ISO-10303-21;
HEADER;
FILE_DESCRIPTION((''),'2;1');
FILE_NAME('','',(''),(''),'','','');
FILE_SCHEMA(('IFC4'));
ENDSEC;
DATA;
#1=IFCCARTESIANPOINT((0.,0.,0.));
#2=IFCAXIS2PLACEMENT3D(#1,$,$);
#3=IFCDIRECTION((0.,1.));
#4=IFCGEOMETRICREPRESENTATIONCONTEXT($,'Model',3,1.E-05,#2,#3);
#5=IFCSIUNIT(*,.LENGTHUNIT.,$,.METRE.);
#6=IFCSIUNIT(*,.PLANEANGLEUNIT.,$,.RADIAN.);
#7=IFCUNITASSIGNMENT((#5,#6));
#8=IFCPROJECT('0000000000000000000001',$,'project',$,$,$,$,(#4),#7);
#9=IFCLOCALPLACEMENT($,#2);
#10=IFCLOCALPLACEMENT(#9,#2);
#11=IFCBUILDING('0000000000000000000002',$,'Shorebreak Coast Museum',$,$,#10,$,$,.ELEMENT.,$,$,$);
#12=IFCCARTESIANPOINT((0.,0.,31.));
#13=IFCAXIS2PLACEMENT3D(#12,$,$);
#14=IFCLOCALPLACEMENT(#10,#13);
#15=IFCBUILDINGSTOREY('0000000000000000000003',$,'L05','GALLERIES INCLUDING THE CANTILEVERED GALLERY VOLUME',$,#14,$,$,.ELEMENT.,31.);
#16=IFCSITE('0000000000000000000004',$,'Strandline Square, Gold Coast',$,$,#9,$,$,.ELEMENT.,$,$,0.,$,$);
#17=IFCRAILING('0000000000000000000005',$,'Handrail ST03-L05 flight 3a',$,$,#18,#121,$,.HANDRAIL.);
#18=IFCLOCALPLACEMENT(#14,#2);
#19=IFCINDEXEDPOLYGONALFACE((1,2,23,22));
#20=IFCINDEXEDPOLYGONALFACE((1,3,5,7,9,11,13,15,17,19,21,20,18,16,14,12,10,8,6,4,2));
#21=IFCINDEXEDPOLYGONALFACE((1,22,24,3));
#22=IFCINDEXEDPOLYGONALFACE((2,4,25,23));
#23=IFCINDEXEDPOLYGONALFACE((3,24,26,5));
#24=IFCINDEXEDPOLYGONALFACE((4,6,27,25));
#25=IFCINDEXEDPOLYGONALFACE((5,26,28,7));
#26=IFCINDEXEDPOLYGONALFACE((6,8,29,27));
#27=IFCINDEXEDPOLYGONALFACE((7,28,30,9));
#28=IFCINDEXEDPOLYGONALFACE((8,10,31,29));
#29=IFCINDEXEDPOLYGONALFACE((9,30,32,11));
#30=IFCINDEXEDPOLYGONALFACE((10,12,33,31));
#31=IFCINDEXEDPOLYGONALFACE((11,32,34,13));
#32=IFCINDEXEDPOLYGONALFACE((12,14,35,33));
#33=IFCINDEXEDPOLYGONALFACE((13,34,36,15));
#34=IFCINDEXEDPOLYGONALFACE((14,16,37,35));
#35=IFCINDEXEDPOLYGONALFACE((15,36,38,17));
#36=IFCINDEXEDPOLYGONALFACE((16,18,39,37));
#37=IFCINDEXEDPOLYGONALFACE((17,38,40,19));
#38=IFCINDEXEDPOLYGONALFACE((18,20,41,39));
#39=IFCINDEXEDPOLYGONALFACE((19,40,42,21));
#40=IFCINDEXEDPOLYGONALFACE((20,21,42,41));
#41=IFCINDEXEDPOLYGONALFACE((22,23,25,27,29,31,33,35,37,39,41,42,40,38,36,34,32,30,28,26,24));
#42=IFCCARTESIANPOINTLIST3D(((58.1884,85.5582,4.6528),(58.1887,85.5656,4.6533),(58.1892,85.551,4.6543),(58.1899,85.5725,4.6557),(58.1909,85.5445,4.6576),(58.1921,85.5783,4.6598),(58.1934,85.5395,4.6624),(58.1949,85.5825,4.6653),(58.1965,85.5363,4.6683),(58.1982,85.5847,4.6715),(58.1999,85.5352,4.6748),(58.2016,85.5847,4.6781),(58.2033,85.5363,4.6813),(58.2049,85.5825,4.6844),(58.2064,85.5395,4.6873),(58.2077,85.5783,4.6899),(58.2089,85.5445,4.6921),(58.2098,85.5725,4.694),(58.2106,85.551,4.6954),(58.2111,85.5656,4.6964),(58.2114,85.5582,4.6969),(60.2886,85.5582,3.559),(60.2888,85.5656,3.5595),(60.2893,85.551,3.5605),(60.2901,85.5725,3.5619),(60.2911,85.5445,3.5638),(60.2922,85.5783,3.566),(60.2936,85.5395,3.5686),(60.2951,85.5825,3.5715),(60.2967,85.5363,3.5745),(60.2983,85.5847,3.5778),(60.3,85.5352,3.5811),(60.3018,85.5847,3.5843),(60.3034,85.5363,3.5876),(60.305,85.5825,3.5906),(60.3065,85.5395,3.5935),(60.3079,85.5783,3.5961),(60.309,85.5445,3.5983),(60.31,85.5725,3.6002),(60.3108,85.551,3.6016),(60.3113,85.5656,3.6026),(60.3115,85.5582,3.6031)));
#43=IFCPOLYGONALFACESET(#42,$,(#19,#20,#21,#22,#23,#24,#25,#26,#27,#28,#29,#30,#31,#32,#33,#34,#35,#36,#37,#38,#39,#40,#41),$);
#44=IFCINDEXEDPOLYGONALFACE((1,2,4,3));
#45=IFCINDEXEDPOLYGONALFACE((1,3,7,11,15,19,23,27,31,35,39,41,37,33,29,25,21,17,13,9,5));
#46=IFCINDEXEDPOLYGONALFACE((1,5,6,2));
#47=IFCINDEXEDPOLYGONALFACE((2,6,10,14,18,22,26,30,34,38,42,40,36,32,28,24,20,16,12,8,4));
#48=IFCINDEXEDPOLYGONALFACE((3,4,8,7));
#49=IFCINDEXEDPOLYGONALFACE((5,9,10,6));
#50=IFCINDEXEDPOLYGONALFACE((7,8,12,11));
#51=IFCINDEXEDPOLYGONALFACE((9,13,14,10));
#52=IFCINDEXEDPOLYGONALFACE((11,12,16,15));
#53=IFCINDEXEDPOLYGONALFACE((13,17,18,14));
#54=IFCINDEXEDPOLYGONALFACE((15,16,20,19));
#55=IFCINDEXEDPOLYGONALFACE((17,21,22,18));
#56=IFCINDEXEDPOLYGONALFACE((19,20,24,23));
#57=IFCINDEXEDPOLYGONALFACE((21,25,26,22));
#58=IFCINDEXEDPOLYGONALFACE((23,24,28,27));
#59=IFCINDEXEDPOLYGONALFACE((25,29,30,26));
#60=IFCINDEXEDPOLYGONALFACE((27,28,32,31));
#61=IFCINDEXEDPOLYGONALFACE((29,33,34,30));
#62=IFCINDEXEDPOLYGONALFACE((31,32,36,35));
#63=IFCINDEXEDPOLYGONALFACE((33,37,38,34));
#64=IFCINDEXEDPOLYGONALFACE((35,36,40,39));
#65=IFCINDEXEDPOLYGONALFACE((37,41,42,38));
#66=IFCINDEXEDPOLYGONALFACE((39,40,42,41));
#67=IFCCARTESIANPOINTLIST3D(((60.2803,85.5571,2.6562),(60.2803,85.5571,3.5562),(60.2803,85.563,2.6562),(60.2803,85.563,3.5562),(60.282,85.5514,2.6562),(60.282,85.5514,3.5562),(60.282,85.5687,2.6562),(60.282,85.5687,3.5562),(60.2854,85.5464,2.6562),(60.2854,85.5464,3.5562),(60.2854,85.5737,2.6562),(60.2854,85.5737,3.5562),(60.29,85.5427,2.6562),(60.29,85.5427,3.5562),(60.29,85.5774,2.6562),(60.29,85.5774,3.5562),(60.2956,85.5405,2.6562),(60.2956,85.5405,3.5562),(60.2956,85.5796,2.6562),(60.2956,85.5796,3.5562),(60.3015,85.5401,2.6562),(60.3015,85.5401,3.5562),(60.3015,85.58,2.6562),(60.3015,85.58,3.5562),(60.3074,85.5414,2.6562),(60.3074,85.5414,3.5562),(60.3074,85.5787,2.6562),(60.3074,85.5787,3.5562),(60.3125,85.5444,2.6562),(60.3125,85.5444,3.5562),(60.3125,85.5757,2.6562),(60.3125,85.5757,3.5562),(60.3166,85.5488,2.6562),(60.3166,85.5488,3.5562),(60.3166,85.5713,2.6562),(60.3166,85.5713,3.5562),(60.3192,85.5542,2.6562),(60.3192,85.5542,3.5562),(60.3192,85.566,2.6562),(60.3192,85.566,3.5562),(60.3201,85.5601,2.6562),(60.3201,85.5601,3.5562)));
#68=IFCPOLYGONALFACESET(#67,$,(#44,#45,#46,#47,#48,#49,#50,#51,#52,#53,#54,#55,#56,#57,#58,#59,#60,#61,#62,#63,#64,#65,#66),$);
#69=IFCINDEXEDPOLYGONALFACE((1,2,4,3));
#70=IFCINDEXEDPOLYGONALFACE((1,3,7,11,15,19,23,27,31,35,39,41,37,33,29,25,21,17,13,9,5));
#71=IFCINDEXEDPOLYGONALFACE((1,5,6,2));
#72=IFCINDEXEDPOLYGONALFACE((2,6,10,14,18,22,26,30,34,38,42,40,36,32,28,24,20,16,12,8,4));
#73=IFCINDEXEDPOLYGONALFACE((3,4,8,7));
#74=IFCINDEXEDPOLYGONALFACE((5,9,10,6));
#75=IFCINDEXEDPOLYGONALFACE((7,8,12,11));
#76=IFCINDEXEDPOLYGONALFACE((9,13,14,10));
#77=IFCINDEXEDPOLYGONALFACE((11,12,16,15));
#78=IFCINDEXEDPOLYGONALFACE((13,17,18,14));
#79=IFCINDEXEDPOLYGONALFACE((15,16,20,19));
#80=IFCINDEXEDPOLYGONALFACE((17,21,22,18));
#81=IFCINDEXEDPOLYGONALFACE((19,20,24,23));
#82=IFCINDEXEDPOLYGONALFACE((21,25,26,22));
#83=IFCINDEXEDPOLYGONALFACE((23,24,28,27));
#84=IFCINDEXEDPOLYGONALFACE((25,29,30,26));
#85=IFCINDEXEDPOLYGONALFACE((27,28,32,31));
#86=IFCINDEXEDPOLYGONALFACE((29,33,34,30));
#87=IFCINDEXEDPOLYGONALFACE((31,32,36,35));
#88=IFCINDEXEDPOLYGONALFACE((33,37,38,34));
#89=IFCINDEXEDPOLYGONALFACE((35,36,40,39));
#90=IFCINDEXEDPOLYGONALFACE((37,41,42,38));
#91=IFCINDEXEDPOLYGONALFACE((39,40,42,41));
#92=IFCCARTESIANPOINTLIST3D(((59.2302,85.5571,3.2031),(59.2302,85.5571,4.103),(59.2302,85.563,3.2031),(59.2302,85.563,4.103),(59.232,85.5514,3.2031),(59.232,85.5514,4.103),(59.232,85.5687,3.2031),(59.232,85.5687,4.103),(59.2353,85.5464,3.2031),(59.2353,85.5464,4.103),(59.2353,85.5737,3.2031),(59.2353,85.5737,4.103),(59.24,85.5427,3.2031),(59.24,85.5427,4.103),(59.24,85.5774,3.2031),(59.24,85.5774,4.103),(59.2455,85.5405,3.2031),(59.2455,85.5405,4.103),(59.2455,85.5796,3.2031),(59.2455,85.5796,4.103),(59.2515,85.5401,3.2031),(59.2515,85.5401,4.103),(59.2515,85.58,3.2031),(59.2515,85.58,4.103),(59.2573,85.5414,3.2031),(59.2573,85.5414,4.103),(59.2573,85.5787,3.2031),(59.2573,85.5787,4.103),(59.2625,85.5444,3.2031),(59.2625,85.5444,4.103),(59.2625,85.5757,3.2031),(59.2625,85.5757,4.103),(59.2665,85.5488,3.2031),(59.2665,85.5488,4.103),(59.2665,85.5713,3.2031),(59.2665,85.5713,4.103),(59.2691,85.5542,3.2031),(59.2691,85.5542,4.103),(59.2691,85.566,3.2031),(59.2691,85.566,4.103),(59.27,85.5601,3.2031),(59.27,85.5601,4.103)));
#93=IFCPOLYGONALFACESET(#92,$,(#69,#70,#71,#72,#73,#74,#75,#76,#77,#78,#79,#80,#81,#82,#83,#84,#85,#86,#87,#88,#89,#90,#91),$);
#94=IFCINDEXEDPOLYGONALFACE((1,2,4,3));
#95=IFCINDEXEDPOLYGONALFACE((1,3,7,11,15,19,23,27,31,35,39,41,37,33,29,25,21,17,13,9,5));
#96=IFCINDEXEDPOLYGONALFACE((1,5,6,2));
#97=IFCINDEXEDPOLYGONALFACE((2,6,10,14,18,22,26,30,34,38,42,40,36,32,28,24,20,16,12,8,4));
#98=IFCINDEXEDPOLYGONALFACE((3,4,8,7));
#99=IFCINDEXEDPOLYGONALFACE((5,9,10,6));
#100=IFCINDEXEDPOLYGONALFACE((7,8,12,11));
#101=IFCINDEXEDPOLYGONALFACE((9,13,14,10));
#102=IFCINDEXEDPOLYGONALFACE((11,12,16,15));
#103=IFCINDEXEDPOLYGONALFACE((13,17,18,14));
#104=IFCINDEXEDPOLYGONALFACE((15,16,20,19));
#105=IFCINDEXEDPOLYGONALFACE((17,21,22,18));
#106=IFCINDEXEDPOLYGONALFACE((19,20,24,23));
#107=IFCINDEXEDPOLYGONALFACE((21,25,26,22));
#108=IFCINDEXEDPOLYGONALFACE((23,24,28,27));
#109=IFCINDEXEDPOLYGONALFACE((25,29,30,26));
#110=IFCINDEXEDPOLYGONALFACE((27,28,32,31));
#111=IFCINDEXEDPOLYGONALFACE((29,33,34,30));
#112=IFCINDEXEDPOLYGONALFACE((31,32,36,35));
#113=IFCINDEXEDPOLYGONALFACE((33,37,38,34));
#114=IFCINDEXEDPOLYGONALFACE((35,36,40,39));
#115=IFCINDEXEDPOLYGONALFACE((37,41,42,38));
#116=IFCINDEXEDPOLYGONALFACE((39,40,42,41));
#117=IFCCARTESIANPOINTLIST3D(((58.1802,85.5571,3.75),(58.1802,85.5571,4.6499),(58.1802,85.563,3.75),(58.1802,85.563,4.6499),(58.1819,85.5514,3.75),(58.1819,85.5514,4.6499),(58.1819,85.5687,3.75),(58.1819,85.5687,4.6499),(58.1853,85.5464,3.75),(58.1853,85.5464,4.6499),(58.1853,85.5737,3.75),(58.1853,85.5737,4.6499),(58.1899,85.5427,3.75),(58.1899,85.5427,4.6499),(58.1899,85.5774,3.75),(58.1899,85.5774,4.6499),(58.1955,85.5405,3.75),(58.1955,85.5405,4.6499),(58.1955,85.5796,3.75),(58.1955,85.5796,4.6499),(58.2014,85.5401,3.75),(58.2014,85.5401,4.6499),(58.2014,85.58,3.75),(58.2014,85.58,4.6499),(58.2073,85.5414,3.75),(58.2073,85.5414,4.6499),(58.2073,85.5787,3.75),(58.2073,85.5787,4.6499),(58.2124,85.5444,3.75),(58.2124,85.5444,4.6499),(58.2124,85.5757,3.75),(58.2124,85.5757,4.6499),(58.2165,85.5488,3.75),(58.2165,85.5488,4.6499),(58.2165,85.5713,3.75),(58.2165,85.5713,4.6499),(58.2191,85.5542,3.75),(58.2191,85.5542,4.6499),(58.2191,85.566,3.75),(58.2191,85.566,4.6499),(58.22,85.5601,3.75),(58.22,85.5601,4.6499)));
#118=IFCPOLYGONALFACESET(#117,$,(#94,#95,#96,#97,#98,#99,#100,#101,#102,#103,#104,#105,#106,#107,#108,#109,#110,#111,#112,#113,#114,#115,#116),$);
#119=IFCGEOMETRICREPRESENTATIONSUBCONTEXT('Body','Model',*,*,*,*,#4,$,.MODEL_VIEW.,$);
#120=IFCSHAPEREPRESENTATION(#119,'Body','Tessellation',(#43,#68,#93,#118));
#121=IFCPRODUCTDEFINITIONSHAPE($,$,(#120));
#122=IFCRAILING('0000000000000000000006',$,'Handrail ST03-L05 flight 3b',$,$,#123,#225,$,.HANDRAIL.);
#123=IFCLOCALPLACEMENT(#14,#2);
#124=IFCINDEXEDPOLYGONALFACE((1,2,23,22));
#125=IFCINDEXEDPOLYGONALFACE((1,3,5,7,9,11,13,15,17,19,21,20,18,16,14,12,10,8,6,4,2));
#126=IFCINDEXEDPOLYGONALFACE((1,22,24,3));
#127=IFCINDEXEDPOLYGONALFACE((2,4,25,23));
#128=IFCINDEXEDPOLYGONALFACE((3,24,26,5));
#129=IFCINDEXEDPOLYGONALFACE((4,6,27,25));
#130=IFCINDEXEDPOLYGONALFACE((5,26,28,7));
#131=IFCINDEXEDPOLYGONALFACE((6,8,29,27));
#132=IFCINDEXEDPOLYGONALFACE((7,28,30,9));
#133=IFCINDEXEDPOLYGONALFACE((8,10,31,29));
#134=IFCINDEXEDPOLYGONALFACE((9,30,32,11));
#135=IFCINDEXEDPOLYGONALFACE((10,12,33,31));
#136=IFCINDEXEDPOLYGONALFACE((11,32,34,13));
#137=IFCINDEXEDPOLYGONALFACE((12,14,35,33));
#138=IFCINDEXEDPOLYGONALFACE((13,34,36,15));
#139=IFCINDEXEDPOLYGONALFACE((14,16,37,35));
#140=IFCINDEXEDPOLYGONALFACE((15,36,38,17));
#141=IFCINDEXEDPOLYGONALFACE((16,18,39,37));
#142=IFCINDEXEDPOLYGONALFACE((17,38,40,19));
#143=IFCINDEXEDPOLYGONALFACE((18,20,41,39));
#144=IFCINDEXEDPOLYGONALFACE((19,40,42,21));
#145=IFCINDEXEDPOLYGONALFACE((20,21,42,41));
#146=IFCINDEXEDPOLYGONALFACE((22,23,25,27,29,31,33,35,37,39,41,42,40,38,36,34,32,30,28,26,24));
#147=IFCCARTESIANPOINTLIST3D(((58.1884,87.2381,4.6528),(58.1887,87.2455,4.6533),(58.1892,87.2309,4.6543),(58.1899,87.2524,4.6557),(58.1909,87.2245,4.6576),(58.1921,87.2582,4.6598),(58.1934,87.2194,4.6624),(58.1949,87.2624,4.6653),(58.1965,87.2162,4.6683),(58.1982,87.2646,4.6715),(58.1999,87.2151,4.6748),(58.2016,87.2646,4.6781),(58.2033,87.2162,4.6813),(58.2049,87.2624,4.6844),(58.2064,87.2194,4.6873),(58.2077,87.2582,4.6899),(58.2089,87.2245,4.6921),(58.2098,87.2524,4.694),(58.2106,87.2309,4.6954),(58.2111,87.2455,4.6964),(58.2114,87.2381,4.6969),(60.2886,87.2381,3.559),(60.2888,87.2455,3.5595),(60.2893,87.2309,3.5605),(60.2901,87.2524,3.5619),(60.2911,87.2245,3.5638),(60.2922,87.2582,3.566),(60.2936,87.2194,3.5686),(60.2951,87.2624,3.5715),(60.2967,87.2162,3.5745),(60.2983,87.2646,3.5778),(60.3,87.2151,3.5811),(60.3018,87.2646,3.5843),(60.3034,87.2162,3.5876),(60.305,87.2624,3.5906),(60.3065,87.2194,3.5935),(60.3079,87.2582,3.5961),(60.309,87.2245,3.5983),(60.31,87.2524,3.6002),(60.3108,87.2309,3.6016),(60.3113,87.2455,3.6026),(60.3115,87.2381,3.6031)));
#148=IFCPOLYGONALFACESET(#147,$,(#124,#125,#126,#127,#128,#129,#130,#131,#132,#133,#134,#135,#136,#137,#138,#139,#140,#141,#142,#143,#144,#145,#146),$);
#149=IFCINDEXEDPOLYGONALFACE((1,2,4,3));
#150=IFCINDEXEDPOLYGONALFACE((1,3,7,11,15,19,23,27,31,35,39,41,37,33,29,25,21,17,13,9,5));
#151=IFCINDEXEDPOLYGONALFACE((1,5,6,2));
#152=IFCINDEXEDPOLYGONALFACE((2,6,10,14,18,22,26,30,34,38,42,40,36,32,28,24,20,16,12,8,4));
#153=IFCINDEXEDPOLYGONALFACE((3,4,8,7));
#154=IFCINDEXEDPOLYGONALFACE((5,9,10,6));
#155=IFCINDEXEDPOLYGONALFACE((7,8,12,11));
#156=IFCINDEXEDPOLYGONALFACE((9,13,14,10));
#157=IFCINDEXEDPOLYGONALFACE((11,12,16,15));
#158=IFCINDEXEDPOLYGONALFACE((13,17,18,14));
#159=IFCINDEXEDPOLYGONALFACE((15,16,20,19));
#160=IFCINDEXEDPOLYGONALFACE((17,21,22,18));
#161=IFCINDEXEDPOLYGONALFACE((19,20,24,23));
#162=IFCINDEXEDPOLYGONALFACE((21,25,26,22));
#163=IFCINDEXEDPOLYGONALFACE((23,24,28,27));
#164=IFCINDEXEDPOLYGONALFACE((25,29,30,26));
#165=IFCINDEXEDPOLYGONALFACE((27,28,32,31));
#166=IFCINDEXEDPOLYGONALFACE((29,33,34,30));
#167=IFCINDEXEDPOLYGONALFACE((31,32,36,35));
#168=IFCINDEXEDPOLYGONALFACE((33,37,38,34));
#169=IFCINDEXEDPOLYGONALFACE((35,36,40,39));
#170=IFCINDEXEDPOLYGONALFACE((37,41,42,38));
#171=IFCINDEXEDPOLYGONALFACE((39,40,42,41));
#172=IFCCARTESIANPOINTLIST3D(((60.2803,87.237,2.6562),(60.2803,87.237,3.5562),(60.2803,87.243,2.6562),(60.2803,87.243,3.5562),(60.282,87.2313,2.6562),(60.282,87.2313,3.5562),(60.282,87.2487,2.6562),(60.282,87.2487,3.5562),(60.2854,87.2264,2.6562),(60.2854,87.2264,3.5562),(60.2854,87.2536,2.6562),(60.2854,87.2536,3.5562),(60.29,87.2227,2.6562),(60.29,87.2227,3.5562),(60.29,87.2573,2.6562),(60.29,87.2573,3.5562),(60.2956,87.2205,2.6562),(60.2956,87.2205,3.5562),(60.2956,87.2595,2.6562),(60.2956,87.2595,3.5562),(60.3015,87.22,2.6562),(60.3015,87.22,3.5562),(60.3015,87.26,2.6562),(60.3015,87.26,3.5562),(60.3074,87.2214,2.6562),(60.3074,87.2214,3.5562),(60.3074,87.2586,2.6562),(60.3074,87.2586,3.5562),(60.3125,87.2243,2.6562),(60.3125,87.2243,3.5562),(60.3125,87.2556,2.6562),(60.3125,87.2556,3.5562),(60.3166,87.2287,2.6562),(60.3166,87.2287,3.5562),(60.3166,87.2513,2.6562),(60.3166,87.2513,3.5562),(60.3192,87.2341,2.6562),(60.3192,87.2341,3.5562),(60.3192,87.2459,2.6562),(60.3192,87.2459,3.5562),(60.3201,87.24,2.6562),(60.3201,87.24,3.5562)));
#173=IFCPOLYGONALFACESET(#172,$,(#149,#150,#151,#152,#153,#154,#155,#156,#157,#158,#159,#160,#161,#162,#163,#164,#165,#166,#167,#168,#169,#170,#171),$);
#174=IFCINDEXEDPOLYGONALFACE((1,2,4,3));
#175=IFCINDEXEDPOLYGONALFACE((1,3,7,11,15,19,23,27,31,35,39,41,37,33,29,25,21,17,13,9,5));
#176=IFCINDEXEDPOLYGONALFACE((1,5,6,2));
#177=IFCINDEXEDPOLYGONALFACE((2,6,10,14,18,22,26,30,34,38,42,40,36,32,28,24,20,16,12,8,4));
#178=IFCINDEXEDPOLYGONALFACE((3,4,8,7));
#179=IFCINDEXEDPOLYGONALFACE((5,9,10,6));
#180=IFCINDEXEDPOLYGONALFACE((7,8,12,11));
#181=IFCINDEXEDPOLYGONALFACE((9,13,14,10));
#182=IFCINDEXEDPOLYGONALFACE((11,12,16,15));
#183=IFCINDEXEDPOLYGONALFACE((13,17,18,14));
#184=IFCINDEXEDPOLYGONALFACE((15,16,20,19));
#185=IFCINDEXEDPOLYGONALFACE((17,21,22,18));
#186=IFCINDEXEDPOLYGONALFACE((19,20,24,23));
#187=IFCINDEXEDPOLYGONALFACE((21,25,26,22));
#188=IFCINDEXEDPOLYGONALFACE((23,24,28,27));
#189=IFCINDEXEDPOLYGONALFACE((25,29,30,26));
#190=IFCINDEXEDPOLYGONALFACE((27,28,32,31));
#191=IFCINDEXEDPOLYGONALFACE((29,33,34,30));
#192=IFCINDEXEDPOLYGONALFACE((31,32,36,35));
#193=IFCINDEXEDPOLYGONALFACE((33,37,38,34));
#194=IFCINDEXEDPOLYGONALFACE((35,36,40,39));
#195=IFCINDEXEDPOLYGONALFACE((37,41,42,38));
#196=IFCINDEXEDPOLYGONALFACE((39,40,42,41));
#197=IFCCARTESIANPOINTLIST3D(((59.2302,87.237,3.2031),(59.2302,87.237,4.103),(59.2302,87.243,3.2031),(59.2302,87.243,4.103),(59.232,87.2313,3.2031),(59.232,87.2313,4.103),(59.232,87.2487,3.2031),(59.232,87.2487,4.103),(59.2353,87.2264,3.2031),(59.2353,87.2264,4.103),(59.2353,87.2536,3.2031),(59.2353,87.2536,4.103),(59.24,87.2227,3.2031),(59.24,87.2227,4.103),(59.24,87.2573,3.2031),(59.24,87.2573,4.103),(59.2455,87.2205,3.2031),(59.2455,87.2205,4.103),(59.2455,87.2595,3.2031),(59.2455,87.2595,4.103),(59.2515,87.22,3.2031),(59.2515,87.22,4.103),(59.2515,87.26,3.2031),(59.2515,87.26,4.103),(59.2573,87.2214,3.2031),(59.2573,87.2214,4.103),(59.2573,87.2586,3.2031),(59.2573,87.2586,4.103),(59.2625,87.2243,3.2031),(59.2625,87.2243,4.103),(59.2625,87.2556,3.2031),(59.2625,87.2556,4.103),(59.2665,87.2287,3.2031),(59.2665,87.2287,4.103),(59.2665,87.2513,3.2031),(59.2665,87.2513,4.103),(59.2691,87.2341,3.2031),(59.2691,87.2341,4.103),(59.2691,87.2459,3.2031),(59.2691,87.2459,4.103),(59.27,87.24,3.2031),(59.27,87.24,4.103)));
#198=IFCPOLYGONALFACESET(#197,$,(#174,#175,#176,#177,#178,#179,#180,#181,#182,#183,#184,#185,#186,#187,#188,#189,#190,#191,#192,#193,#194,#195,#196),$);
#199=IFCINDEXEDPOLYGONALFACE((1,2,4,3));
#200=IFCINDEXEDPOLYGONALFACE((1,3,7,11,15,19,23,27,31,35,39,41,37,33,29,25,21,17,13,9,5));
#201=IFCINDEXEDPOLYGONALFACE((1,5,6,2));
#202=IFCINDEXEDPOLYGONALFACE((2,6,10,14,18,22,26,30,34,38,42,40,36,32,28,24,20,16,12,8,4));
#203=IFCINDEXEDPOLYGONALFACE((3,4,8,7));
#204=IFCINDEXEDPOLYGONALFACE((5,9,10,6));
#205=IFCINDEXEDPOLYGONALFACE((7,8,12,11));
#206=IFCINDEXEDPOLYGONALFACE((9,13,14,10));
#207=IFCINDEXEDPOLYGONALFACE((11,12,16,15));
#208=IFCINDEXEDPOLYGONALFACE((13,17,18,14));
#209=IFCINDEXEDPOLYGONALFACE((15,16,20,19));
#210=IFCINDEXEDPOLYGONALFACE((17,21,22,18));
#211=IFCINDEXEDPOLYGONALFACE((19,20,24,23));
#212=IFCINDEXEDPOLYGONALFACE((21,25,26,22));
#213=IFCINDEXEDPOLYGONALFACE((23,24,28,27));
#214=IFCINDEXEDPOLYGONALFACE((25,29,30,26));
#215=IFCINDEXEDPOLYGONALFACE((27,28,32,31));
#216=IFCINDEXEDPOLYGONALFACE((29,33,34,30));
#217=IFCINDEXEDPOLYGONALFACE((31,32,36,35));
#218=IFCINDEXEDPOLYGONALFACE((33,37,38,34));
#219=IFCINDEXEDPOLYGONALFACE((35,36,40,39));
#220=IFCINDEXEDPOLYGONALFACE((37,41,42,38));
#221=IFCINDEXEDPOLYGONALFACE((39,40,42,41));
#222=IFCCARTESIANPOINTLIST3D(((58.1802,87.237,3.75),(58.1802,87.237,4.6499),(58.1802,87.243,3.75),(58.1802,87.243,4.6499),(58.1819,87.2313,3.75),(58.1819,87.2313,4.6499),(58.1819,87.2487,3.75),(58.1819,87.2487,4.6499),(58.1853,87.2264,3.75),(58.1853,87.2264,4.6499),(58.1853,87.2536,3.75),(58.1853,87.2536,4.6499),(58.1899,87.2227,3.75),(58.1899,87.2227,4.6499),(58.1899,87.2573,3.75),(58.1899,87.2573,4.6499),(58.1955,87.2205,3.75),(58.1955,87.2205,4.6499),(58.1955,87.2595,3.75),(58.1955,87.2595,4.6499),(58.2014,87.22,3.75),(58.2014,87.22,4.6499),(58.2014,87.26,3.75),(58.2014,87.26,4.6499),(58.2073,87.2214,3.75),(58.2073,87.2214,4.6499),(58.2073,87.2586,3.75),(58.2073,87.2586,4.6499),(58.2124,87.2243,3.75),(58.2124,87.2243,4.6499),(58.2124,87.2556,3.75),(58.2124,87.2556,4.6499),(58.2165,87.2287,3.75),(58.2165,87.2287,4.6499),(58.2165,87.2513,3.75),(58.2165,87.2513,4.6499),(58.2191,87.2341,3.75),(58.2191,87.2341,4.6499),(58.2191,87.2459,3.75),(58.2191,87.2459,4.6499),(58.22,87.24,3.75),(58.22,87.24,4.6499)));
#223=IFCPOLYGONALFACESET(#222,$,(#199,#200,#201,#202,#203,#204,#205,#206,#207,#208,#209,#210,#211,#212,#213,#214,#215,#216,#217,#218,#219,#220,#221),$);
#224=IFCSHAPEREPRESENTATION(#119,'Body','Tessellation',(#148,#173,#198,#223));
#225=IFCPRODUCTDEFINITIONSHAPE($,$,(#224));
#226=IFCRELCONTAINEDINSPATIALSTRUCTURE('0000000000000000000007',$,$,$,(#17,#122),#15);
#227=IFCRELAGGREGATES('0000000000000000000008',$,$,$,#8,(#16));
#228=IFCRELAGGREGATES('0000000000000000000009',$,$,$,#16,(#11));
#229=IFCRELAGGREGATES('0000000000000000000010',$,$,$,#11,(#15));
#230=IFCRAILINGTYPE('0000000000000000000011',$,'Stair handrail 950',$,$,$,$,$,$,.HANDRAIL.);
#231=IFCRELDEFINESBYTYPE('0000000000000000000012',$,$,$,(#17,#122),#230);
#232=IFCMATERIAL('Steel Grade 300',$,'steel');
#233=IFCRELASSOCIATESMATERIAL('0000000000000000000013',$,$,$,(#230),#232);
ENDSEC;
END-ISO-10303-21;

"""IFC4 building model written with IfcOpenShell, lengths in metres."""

from ifc_helpers import new_model, si_unit, direction, frame, origin, origin_2d, place, context, subcontext, project, spatial, circle, extrude, material, type_object, element, save


model = new_model("IFC4")

# Units and contexts
model_context = context("Model", 3, precision=1e-05, world=origin(), true_north=direction((0.0, 1.0)))
body_context = subcontext(model_context, "Body", "Model", "MODEL_VIEW")
ifc_project = project(units=[si_unit("LENGTHUNIT", "METRE"), si_unit("PLANEANGLEUNIT", "RADIAN")], contexts=[model_context])

# Site, building, storey
site_placement = place(None, origin())
site = spatial("IfcSite", under=ifc_project, at=site_placement, Name="Strandline Square, Gold Coast", CompositionType="ELEMENT", RefElevation=0.0)
building_placement = place(site_placement, origin())
building = spatial("IfcBuilding", under=site, at=building_placement, Name="Shorebreak Coast Museum", CompositionType="ELEMENT")
storey_placement = place(building_placement, frame((0.0, 0.0, 31.0)))
storey = spatial("IfcBuildingStorey", under=building, at=storey_placement, Name="L05", Description="GALLERIES INCLUDING THE CANTILEVERED GALLERY VOLUME", CompositionType="ELEMENT", Elevation=31.0)

# Railings
ifc_material_1 = material(Name="Steel Grade 300", Category="steel")
railing_type_1 = type_object("IfcRailingType", Name="Stair handrail 950", PredefinedType="HANDRAIL", material=ifc_material_1)
for number, where, name in (
    (1, (60.3, 85.5601, 2.6562), "Handrail ST03-L05 flight 3a"),
    (2, (60.3, 87.24, 2.6562), "Handrail ST03-L05 flight 3b"),
):
    element("IfcRailing", number, at=place(storey_placement, frame(where)), inside=storey, type_object=railing_type_1, Name=name, PredefinedType="HANDRAIL", context=body_context, shape_type="SweptSolid", body=[
        extrude(circle(Radius=0.0249, at=origin_2d()), frame((0.0, 0.0, 0.9248), z_axis=(-0.886923, 0.0, 0.461918), x_axis=(0.0, -1.0, 0.0)), (0.0, 0.0, 1.0), 2.3679),
        extrude(circle(Radius=0.02, at=origin_2d()), origin(), (0.0, 0.0, 1.0), 0.8999),
        extrude(circle(Radius=0.02, at=origin_2d()), frame((-1.05, 0.0, 0.5469)), (0.0, 0.0, 1.0), 0.8999),
        extrude(circle(Radius=0.02, at=origin_2d()), frame((-2.1001, 0.0, 1.0938)), (0.0, 0.0, 1.0), 0.8999),
    ])

save(model, "model.ifc")
